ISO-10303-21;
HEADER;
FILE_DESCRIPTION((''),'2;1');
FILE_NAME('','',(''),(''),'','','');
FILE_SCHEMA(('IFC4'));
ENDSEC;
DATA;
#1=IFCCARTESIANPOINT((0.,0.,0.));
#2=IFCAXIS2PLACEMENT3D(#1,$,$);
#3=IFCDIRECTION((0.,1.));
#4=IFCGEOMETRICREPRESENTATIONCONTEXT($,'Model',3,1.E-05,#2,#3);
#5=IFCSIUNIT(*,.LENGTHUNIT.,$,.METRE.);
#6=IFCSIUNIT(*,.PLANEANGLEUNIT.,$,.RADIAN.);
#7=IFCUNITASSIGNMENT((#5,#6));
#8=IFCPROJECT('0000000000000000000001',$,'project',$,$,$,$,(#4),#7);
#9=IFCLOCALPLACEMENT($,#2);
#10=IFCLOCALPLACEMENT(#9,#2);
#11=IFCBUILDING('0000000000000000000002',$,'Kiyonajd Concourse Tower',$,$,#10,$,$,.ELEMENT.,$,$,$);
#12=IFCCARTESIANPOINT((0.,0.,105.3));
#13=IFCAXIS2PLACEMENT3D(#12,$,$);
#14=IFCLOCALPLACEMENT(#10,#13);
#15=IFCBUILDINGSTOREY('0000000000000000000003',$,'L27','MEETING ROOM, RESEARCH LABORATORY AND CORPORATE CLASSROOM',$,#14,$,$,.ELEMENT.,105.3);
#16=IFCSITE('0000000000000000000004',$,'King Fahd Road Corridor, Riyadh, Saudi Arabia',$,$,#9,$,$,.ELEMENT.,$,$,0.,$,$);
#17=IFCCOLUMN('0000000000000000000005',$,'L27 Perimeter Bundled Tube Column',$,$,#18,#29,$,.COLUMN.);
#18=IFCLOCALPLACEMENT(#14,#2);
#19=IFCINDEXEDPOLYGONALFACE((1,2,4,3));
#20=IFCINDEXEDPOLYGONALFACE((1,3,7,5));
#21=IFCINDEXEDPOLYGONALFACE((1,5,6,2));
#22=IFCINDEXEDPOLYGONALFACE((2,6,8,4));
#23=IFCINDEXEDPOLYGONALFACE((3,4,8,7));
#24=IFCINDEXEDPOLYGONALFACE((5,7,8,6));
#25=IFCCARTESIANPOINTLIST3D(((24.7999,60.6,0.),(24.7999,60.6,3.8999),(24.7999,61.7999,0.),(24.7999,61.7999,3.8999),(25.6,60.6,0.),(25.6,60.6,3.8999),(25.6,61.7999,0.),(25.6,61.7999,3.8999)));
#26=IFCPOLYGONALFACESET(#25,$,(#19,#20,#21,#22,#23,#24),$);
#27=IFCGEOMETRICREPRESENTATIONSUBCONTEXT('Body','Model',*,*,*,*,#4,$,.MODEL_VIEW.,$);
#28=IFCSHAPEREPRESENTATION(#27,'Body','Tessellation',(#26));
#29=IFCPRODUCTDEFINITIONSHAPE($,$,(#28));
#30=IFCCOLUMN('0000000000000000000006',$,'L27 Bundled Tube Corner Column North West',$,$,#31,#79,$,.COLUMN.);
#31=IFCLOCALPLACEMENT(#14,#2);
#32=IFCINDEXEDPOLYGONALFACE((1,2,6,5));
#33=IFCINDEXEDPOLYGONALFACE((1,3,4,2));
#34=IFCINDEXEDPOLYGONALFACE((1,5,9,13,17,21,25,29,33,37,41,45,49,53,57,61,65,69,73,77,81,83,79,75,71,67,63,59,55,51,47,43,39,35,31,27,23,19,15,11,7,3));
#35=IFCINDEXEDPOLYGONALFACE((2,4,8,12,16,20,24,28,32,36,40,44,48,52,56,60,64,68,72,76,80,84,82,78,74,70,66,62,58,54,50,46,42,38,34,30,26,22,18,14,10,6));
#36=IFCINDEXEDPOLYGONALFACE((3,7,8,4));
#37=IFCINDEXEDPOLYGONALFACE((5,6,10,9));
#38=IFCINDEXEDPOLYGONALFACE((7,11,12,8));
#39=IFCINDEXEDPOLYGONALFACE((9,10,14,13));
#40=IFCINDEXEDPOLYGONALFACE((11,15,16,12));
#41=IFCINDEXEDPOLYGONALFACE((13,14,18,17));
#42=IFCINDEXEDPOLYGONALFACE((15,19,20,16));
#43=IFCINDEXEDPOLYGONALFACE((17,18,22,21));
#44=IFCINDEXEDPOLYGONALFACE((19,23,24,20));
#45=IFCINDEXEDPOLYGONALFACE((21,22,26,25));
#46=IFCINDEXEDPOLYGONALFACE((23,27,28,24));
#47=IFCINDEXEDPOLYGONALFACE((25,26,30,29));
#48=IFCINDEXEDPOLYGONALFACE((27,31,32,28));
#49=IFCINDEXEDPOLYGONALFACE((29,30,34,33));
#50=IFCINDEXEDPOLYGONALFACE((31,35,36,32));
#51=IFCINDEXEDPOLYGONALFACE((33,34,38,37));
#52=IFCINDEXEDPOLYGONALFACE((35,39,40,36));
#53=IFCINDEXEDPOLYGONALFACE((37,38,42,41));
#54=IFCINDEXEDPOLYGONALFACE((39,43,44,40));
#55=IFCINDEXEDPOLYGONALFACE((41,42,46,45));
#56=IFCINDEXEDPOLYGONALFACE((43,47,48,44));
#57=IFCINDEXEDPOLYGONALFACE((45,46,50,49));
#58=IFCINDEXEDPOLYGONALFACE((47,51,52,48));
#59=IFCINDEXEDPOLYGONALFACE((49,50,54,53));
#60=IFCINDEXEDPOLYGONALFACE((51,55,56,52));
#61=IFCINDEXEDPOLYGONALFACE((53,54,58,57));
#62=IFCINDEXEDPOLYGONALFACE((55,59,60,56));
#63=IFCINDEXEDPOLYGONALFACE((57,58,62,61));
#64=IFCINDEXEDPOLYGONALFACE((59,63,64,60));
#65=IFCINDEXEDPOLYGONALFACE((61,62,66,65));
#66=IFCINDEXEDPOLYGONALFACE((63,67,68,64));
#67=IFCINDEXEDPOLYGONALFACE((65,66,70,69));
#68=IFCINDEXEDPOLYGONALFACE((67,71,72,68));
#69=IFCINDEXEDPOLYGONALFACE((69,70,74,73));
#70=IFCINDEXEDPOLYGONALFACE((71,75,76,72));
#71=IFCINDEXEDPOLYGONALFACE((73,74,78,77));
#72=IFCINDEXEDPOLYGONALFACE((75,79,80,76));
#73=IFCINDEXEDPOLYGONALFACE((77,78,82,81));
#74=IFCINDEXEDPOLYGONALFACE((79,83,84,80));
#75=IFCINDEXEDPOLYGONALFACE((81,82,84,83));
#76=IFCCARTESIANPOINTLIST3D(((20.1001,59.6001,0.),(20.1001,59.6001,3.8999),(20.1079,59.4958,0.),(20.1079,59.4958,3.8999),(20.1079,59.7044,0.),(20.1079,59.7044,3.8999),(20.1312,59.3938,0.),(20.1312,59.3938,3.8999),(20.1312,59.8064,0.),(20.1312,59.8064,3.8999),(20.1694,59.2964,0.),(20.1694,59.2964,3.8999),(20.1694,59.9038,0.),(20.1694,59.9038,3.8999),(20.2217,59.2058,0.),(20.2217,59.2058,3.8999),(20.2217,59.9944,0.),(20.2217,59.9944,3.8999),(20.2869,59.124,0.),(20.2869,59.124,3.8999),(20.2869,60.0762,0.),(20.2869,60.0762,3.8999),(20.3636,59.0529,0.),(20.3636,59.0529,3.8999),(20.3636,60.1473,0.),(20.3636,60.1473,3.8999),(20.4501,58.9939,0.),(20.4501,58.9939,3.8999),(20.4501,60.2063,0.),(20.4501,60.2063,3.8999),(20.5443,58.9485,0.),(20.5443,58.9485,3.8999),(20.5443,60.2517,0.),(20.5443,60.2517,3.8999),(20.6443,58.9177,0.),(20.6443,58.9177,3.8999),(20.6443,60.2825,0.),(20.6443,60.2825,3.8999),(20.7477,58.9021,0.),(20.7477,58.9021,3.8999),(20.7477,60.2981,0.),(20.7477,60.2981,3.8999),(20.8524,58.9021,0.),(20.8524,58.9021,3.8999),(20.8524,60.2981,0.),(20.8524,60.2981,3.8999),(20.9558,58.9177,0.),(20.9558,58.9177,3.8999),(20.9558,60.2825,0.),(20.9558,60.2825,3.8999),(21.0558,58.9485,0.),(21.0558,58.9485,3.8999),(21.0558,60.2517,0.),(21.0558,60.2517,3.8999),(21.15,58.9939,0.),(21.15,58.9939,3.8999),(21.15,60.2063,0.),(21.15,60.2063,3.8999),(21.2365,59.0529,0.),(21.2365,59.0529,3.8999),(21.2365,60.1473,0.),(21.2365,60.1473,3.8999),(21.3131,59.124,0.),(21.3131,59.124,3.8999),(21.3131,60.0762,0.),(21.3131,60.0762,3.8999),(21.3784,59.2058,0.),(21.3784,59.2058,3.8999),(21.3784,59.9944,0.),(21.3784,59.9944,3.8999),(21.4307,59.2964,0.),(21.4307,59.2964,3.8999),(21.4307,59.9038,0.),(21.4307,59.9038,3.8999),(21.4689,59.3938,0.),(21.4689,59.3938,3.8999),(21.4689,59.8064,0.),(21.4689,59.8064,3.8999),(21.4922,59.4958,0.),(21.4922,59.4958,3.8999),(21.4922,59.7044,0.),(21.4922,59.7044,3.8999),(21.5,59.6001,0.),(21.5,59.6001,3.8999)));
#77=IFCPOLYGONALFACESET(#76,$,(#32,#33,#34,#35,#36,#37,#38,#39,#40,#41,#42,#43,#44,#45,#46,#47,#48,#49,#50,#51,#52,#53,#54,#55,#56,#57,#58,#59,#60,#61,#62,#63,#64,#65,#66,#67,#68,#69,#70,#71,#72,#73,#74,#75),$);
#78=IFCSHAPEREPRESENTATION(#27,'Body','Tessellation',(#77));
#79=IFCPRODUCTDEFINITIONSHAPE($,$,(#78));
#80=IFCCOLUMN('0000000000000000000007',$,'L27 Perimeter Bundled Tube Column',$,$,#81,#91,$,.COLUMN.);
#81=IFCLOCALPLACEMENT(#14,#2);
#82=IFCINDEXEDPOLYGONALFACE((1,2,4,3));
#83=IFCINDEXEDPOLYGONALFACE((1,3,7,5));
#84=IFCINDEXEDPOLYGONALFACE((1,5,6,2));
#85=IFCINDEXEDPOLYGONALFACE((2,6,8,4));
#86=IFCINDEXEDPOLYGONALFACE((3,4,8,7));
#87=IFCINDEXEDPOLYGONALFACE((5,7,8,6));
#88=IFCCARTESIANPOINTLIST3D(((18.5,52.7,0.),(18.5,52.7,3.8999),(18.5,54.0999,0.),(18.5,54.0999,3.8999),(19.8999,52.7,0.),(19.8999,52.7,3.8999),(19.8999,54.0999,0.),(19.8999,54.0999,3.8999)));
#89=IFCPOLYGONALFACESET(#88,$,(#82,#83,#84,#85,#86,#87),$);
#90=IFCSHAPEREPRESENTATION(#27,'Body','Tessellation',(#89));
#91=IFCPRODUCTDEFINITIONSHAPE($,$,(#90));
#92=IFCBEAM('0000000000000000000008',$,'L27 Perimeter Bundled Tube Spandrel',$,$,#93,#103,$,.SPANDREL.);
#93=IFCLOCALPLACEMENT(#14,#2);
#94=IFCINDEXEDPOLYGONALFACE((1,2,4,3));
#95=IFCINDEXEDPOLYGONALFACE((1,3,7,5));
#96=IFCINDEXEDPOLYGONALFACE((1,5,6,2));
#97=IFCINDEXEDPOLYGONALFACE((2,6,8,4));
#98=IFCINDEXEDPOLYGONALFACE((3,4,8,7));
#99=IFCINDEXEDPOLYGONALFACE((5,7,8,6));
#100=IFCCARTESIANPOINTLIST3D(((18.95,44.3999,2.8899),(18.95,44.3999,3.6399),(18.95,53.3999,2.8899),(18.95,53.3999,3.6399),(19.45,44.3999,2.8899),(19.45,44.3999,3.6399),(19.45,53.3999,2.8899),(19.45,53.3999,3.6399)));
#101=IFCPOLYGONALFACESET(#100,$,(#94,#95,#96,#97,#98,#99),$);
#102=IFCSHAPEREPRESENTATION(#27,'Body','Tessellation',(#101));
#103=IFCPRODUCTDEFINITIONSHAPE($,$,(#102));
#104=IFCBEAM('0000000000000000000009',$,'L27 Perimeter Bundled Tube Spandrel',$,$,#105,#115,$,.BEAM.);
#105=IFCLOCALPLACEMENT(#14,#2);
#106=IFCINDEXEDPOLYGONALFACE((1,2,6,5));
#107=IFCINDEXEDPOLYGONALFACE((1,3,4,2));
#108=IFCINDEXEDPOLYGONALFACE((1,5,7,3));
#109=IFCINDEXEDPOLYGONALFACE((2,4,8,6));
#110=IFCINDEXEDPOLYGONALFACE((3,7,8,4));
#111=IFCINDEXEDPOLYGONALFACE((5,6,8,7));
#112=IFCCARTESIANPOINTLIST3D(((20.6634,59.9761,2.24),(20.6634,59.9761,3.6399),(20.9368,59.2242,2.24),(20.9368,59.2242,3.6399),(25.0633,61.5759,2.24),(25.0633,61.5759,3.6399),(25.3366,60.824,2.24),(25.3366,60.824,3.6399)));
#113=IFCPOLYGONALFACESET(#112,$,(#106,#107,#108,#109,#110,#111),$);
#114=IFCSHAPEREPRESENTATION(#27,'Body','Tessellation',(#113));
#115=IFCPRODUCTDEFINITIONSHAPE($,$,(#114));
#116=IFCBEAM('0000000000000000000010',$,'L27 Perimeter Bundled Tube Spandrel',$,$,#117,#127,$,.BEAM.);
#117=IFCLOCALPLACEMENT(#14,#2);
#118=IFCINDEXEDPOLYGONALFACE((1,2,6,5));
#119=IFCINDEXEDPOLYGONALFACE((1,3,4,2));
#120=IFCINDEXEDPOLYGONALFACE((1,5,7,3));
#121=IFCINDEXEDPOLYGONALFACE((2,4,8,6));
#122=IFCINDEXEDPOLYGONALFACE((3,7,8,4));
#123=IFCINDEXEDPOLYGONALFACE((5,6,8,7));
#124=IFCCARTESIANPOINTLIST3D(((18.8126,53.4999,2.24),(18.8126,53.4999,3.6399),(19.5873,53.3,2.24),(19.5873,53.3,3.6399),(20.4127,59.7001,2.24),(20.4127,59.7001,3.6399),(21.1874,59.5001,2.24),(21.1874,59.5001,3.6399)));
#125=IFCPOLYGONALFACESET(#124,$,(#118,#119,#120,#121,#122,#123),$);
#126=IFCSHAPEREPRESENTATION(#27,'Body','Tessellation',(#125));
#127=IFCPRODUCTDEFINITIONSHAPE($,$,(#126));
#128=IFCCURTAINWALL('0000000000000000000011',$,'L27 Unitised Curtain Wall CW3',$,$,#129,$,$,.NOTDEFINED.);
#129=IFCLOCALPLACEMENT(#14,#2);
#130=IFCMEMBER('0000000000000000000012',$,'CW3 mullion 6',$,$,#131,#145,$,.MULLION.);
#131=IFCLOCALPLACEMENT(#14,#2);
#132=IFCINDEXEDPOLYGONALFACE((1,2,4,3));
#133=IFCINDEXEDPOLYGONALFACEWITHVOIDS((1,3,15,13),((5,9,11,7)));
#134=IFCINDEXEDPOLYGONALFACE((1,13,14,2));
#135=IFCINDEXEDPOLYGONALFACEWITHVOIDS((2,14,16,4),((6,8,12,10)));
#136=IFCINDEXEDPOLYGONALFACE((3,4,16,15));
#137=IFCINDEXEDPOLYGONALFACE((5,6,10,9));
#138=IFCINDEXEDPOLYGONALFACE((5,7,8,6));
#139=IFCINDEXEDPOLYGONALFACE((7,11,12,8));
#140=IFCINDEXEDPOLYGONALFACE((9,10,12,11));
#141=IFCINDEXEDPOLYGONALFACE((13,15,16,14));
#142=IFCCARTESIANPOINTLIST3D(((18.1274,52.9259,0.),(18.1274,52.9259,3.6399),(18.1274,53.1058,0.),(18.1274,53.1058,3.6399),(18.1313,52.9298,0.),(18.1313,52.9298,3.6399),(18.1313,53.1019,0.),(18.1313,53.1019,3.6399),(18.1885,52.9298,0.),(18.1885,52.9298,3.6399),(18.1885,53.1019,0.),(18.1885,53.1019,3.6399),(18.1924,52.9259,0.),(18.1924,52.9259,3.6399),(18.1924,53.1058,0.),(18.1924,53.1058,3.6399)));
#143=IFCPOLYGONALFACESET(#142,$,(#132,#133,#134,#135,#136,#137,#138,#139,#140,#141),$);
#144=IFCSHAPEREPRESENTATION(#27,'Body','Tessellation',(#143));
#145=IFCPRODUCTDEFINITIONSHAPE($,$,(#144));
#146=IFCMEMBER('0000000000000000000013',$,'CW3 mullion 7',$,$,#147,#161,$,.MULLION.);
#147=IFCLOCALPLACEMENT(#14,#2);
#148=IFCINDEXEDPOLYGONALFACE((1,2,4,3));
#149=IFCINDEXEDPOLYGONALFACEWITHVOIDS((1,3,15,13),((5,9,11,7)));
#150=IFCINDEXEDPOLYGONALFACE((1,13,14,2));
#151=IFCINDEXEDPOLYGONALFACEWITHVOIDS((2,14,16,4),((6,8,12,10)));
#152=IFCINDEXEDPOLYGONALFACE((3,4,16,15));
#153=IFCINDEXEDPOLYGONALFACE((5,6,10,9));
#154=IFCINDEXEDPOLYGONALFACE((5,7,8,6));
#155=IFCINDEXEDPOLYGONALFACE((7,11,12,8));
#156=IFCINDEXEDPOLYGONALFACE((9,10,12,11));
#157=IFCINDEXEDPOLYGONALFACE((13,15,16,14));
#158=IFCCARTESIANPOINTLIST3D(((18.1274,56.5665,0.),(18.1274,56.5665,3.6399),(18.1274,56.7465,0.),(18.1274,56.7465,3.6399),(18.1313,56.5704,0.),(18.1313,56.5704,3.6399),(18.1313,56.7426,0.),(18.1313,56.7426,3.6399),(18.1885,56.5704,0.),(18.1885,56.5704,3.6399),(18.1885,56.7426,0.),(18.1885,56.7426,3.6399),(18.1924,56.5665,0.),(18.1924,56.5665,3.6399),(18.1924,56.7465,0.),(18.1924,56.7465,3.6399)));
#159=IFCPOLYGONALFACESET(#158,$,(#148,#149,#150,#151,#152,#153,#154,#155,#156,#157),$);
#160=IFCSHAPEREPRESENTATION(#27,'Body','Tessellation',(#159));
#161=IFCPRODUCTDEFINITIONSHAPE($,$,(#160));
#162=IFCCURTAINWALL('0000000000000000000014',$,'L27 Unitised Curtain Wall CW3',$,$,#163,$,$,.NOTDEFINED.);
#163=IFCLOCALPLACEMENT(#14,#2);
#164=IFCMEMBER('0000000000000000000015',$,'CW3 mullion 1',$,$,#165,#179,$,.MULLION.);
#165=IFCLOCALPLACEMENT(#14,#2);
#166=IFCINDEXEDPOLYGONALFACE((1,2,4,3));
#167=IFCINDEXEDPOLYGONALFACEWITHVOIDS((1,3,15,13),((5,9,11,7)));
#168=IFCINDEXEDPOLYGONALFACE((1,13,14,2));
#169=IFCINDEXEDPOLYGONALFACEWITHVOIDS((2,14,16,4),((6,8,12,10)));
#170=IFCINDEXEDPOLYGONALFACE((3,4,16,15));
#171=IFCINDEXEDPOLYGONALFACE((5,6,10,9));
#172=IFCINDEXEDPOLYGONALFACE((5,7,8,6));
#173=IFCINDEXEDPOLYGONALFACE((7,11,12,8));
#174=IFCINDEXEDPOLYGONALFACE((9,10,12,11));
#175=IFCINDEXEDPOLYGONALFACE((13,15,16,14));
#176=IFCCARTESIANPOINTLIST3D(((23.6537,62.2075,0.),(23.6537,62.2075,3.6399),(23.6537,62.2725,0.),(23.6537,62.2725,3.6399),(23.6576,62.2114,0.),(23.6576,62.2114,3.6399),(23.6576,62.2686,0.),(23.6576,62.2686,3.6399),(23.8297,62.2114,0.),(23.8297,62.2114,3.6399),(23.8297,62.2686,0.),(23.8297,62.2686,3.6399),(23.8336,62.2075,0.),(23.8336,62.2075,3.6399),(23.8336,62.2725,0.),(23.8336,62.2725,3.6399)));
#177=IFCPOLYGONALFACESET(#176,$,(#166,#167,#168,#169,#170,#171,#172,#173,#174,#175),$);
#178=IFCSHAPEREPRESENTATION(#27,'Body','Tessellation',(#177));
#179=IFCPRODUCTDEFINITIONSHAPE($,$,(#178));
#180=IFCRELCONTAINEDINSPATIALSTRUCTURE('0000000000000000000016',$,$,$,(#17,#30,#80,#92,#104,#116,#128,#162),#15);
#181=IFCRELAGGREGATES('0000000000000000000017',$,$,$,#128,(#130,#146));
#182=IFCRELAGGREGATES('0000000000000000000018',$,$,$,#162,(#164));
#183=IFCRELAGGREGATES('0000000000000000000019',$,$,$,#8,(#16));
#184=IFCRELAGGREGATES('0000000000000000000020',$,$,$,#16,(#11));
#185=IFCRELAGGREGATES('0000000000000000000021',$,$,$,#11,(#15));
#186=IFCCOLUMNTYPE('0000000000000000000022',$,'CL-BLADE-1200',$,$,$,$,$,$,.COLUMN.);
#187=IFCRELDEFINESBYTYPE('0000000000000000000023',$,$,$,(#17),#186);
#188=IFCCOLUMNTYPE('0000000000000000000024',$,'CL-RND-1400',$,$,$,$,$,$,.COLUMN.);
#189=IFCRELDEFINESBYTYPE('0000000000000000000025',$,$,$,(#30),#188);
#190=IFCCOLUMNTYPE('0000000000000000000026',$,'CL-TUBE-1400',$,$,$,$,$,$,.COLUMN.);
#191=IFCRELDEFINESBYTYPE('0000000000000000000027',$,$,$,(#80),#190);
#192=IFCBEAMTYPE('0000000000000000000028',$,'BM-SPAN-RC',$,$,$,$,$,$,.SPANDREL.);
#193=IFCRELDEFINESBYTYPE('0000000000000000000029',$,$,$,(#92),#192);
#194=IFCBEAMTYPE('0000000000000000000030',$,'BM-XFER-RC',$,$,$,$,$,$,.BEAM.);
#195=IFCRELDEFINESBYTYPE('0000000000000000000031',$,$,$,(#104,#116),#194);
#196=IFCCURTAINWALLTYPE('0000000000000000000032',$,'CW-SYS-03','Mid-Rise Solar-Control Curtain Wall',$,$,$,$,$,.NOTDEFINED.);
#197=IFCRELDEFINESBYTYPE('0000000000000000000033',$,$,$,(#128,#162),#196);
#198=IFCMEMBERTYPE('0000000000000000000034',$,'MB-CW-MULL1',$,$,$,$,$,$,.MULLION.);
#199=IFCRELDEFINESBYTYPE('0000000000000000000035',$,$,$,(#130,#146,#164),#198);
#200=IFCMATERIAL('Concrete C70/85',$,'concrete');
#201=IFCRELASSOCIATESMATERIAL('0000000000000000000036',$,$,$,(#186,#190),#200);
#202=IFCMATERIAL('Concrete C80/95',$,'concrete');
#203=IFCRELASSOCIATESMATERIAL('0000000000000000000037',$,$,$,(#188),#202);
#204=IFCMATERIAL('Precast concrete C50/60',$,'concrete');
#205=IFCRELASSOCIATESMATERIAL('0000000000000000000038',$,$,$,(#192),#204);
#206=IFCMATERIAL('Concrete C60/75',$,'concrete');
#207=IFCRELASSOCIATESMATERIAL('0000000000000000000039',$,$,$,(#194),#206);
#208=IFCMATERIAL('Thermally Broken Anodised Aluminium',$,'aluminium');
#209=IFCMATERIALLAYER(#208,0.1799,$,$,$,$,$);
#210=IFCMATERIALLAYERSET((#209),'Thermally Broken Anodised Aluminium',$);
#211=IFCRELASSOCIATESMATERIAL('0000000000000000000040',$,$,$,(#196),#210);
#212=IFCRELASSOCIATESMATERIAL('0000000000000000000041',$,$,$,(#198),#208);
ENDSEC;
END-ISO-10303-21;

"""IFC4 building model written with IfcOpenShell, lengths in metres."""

from ifc_helpers import new_model, si_unit, direction, frame, origin, origin_2d, place, context, subcontext, project, spatial, rectangle, hollow_rectangle, circle, extrude, material, layer, layer_set, material_profile, profile_set, type_object, element, aggregate, save


model = new_model("IFC4")

# Units and contexts
model_context = context("Model", 3, precision=1e-05, world=origin(), true_north=direction((0.0, 1.0)))
body_context = subcontext(model_context, "Body", "Model", "MODEL_VIEW")
ifc_project = project(units=[si_unit("LENGTHUNIT", "METRE"), si_unit("PLANEANGLEUNIT", "RADIAN")], contexts=[model_context])

# Site, building, storey
site_placement = place(None, origin())
site = spatial("IfcSite", under=ifc_project, at=site_placement, Name="King Fahd Road Corridor, Riyadh, Saudi Arabia", CompositionType="ELEMENT", RefElevation=0.0)
building_placement = place(site_placement, origin())
building = spatial("IfcBuilding", under=site, at=building_placement, Name="Kiyonajd Concourse Tower", CompositionType="ELEMENT")
storey_placement = place(building_placement, frame((0.0, 0.0, 105.3)))
storey = spatial("IfcBuildingStorey", under=building, at=storey_placement, Name="L27", Description="MEETING ROOM, RESEARCH LABORATORY AND CORPORATE CLASSROOM", CompositionType="ELEMENT", Elevation=105.3)

# Columns
ifc_material_1 = material(Name="Concrete C70/85", Category="concrete")
ifc_material_profile_1 = material_profile(ifc_material_1, rectangle(XDim=0.8, YDim=1.2, at=origin_2d()), Name="RC-1200x800")
ifc_profile_set_1 = profile_set([ifc_material_profile_1], Name="Concrete C70/85")
column_type_1 = type_object("IfcColumnType", Name="CL-BLADE-1200", PredefinedType="COLUMN", material=ifc_profile_set_1)
column_1_placement = place(storey_placement, frame((25.2, 61.2, 0.0), z_axis=(0.0, 0.0, 1.0), x_axis=(1.0, 0.0, 0.0)))
element("IfcColumn", 1, at=column_1_placement, inside=storey, type_object=column_type_1, Name="L27 Perimeter Bundled Tube Column", PredefinedType="COLUMN", context=body_context, shape_type="SweptSolid", body=[
    extrude(rectangle(XDim=0.8, YDim=1.2, at=origin_2d()), origin(), (0.0, 0.0, 1.0), 3.8999),
])
ifc_material_2 = material(Name="Concrete C80/95", Category="concrete")
ifc_material_profile_2 = material_profile(ifc_material_2, circle(Radius=0.7, at=origin_2d()), Name="RCC-D1400")
ifc_profile_set_2 = profile_set([ifc_material_profile_2], Name="Concrete C80/95")
column_type_2 = type_object("IfcColumnType", Name="CL-RND-1400", PredefinedType="COLUMN", material=ifc_profile_set_2)
column_2_placement = place(storey_placement, frame((20.8, 59.6001, 0.0), z_axis=(0.0, 0.0, 1.0), x_axis=(1.0, 0.0, 0.0)))
element("IfcColumn", 2, at=column_2_placement, inside=storey, type_object=column_type_2, Name="L27 Bundled Tube Corner Column North West", PredefinedType="COLUMN", context=body_context, shape_type="SweptSolid", body=[
    extrude(circle(Radius=0.7, at=origin_2d()), origin(), (0.0, 0.0, 1.0), 3.8999),
])
ifc_material_profile_3 = material_profile(ifc_material_1, rectangle(XDim=1.3999, YDim=1.3999, at=origin_2d()), Name="RC-1400x1400")
ifc_profile_set_3 = profile_set([ifc_material_profile_3], Name="Concrete C70/85")
column_type_3 = type_object("IfcColumnType", Name="CL-TUBE-1400", PredefinedType="COLUMN", material=ifc_profile_set_3)
column_3_placement = place(storey_placement, frame((19.2, 53.3999, 0.0), z_axis=(0.0, 0.0, 1.0), x_axis=(1.0, 0.0, 0.0)))
element("IfcColumn", 3, at=column_3_placement, inside=storey, type_object=column_type_3, Name="L27 Perimeter Bundled Tube Column", PredefinedType="COLUMN", context=body_context, shape_type="SweptSolid", body=[
    extrude(rectangle(XDim=1.3999, YDim=1.3999, at=origin_2d()), origin(), (0.0, 0.0, 1.0), 3.8999),
])

# Beams
ifc_material_3 = material(Name="Precast concrete C50/60", Category="concrete")
ifc_material_profile_4 = material_profile(ifc_material_3, rectangle(XDim=0.5, YDim=0.75, at=origin_2d()), Name="RCBM-500x750")
ifc_profile_set_4 = profile_set([ifc_material_profile_4], Name="Precast concrete C50/60")
beam_type_1 = type_object("IfcBeamType", Name="BM-SPAN-RC", PredefinedType="SPANDREL", material=ifc_profile_set_4)
beam_1_placement = place(storey_placement, frame((19.2, 53.3999, 3.2649), z_axis=(0.0, -1.0, 0.0), x_axis=(1.0, 0.0, 0.0)))
element("IfcBeam", 4, at=beam_1_placement, inside=storey, type_object=beam_type_1, Name="L27 Perimeter Bundled Tube Spandrel", PredefinedType="SPANDREL", context=body_context, shape_type="SweptSolid", body=[
    extrude(rectangle(XDim=0.5, YDim=0.75, at=origin_2d()), origin(), (0.0, 0.0, 1.0), 9.0),
])
ifc_material_4 = material(Name="Concrete C60/75", Category="concrete")
ifc_material_profile_5 = material_profile(ifc_material_4, rectangle(XDim=0.8, YDim=1.3999, at=origin_2d()), Name="RCBM-800x1400")
ifc_profile_set_5 = profile_set([ifc_material_profile_5], Name="Concrete C60/75")
beam_type_2 = type_object("IfcBeamType", Name="BM-XFER-RC", PredefinedType="BEAM", material=ifc_profile_set_5)
beam_2_placement = place(storey_placement, frame((25.2, 61.2, 2.9399), z_axis=(-0.939801, -0.341722, 0.0), x_axis=(0.341722, -0.939801, 0.0)))
element("IfcBeam", 5, at=beam_2_placement, inside=storey, type_object=beam_type_2, Name="L27 Perimeter Bundled Tube Spandrel", PredefinedType="BEAM", context=body_context, shape_type="SweptSolid", body=[
    extrude(rectangle(XDim=0.8, YDim=1.3999, at=origin_2d()), origin(), (0.0, 0.0, 1.0), 4.6816),
])
beam_3_placement = place(storey_placement, frame((20.8, 59.6001, 2.9399), z_axis=(-0.249885, -0.968276, 0.0), x_axis=(0.968276, -0.249885, 0.0)))
element("IfcBeam", 6, at=beam_3_placement, inside=storey, type_object=beam_type_2, Name="L27 Perimeter Bundled Tube Spandrel", PredefinedType="BEAM", context=body_context, shape_type="SweptSolid", body=[
    extrude(rectangle(XDim=0.8, YDim=1.3999, at=origin_2d()), origin(), (0.0, 0.0, 1.0), 6.4033),
])

# Curtain walls, members
ifc_material_5 = material(Name="Thermally Broken Anodised Aluminium", Category="aluminium")
ifc_layer_1 = layer(ifc_material_5, 0.1799)
ifc_layer_set_1 = layer_set([ifc_layer_1], Name="Thermally Broken Anodised Aluminium")
curtain_wall_type = type_object("IfcCurtainWallType", Name="CW-SYS-03", Description="Mid-Rise Solar-Control Curtain Wall", PredefinedType="NOTDEFINED", material=ifc_layer_set_1)
curtain_wall_1_placement = place(storey_placement, origin())
curtain_wall_1 = element("IfcCurtainWall", 7, at=curtain_wall_1_placement, inside=storey, type_object=curtain_wall_type, Name="L27 Unitised Curtain Wall CW3", PredefinedType="NOTDEFINED")
ifc_material_profile_6 = material_profile(ifc_material_5, hollow_rectangle(XDim=0.0649, YDim=0.1799, WallThickness=0.0039, at=origin_2d()), Name="MULL-65x180")
ifc_profile_set_6 = profile_set([ifc_material_profile_6], Name="Thermally Broken Anodised Aluminium")
member_type_1 = type_object("IfcMemberType", Name="MB-CW-MULL1", PredefinedType="MULLION", material=ifc_profile_set_6)
member_1_placement = place(storey_placement, frame((18.1599, 53.0159, 0.0), z_axis=(0.0, 0.0, 1.0), x_axis=(-1.0, 0.0, 0.0)))
member_1 = element("IfcMember", 8, at=member_1_placement, type_object=member_type_1, Name="CW3 mullion 6", PredefinedType="MULLION", context=body_context, shape_type="SweptSolid", body=[
    extrude(hollow_rectangle(XDim=0.0649, YDim=0.1799, WallThickness=0.0039, at=origin_2d()), origin(), (0.0, 0.0, 1.0), 3.6399),
])
member_2_placement = place(storey_placement, frame((18.1599, 56.6565, 0.0), z_axis=(0.0, 0.0, 1.0), x_axis=(-1.0, 0.0, 0.0)))
member_2 = element("IfcMember", 9, at=member_2_placement, type_object=member_type_1, Name="CW3 mullion 7", PredefinedType="MULLION", context=body_context, shape_type="SweptSolid", body=[
    extrude(hollow_rectangle(XDim=0.0649, YDim=0.1799, WallThickness=0.0039, at=origin_2d()), origin(), (0.0, 0.0, 1.0), 3.6399),
])
curtain_wall_2_placement = place(storey_placement, origin())
curtain_wall_2 = element("IfcCurtainWall", 10, at=curtain_wall_2_placement, inside=storey, type_object=curtain_wall_type, Name="L27 Unitised Curtain Wall CW3", PredefinedType="NOTDEFINED")
member_3_placement = place(storey_placement, frame((23.7437, 62.24, 0.0), z_axis=(0.0, 0.0, 1.0), x_axis=(0.0, 1.0, 0.0)))
member_3 = element("IfcMember", 11, at=member_3_placement, type_object=member_type_1, Name="CW3 mullion 1", PredefinedType="MULLION", context=body_context, shape_type="SweptSolid", body=[
    extrude(hollow_rectangle(XDim=0.0649, YDim=0.1799, WallThickness=0.0039, at=origin_2d()), origin(), (0.0, 0.0, 1.0), 3.6399),
])

aggregate(curtain_wall_1, [member_1, member_2])
aggregate(curtain_wall_2, [member_3])

save(model, "model.ifc")
